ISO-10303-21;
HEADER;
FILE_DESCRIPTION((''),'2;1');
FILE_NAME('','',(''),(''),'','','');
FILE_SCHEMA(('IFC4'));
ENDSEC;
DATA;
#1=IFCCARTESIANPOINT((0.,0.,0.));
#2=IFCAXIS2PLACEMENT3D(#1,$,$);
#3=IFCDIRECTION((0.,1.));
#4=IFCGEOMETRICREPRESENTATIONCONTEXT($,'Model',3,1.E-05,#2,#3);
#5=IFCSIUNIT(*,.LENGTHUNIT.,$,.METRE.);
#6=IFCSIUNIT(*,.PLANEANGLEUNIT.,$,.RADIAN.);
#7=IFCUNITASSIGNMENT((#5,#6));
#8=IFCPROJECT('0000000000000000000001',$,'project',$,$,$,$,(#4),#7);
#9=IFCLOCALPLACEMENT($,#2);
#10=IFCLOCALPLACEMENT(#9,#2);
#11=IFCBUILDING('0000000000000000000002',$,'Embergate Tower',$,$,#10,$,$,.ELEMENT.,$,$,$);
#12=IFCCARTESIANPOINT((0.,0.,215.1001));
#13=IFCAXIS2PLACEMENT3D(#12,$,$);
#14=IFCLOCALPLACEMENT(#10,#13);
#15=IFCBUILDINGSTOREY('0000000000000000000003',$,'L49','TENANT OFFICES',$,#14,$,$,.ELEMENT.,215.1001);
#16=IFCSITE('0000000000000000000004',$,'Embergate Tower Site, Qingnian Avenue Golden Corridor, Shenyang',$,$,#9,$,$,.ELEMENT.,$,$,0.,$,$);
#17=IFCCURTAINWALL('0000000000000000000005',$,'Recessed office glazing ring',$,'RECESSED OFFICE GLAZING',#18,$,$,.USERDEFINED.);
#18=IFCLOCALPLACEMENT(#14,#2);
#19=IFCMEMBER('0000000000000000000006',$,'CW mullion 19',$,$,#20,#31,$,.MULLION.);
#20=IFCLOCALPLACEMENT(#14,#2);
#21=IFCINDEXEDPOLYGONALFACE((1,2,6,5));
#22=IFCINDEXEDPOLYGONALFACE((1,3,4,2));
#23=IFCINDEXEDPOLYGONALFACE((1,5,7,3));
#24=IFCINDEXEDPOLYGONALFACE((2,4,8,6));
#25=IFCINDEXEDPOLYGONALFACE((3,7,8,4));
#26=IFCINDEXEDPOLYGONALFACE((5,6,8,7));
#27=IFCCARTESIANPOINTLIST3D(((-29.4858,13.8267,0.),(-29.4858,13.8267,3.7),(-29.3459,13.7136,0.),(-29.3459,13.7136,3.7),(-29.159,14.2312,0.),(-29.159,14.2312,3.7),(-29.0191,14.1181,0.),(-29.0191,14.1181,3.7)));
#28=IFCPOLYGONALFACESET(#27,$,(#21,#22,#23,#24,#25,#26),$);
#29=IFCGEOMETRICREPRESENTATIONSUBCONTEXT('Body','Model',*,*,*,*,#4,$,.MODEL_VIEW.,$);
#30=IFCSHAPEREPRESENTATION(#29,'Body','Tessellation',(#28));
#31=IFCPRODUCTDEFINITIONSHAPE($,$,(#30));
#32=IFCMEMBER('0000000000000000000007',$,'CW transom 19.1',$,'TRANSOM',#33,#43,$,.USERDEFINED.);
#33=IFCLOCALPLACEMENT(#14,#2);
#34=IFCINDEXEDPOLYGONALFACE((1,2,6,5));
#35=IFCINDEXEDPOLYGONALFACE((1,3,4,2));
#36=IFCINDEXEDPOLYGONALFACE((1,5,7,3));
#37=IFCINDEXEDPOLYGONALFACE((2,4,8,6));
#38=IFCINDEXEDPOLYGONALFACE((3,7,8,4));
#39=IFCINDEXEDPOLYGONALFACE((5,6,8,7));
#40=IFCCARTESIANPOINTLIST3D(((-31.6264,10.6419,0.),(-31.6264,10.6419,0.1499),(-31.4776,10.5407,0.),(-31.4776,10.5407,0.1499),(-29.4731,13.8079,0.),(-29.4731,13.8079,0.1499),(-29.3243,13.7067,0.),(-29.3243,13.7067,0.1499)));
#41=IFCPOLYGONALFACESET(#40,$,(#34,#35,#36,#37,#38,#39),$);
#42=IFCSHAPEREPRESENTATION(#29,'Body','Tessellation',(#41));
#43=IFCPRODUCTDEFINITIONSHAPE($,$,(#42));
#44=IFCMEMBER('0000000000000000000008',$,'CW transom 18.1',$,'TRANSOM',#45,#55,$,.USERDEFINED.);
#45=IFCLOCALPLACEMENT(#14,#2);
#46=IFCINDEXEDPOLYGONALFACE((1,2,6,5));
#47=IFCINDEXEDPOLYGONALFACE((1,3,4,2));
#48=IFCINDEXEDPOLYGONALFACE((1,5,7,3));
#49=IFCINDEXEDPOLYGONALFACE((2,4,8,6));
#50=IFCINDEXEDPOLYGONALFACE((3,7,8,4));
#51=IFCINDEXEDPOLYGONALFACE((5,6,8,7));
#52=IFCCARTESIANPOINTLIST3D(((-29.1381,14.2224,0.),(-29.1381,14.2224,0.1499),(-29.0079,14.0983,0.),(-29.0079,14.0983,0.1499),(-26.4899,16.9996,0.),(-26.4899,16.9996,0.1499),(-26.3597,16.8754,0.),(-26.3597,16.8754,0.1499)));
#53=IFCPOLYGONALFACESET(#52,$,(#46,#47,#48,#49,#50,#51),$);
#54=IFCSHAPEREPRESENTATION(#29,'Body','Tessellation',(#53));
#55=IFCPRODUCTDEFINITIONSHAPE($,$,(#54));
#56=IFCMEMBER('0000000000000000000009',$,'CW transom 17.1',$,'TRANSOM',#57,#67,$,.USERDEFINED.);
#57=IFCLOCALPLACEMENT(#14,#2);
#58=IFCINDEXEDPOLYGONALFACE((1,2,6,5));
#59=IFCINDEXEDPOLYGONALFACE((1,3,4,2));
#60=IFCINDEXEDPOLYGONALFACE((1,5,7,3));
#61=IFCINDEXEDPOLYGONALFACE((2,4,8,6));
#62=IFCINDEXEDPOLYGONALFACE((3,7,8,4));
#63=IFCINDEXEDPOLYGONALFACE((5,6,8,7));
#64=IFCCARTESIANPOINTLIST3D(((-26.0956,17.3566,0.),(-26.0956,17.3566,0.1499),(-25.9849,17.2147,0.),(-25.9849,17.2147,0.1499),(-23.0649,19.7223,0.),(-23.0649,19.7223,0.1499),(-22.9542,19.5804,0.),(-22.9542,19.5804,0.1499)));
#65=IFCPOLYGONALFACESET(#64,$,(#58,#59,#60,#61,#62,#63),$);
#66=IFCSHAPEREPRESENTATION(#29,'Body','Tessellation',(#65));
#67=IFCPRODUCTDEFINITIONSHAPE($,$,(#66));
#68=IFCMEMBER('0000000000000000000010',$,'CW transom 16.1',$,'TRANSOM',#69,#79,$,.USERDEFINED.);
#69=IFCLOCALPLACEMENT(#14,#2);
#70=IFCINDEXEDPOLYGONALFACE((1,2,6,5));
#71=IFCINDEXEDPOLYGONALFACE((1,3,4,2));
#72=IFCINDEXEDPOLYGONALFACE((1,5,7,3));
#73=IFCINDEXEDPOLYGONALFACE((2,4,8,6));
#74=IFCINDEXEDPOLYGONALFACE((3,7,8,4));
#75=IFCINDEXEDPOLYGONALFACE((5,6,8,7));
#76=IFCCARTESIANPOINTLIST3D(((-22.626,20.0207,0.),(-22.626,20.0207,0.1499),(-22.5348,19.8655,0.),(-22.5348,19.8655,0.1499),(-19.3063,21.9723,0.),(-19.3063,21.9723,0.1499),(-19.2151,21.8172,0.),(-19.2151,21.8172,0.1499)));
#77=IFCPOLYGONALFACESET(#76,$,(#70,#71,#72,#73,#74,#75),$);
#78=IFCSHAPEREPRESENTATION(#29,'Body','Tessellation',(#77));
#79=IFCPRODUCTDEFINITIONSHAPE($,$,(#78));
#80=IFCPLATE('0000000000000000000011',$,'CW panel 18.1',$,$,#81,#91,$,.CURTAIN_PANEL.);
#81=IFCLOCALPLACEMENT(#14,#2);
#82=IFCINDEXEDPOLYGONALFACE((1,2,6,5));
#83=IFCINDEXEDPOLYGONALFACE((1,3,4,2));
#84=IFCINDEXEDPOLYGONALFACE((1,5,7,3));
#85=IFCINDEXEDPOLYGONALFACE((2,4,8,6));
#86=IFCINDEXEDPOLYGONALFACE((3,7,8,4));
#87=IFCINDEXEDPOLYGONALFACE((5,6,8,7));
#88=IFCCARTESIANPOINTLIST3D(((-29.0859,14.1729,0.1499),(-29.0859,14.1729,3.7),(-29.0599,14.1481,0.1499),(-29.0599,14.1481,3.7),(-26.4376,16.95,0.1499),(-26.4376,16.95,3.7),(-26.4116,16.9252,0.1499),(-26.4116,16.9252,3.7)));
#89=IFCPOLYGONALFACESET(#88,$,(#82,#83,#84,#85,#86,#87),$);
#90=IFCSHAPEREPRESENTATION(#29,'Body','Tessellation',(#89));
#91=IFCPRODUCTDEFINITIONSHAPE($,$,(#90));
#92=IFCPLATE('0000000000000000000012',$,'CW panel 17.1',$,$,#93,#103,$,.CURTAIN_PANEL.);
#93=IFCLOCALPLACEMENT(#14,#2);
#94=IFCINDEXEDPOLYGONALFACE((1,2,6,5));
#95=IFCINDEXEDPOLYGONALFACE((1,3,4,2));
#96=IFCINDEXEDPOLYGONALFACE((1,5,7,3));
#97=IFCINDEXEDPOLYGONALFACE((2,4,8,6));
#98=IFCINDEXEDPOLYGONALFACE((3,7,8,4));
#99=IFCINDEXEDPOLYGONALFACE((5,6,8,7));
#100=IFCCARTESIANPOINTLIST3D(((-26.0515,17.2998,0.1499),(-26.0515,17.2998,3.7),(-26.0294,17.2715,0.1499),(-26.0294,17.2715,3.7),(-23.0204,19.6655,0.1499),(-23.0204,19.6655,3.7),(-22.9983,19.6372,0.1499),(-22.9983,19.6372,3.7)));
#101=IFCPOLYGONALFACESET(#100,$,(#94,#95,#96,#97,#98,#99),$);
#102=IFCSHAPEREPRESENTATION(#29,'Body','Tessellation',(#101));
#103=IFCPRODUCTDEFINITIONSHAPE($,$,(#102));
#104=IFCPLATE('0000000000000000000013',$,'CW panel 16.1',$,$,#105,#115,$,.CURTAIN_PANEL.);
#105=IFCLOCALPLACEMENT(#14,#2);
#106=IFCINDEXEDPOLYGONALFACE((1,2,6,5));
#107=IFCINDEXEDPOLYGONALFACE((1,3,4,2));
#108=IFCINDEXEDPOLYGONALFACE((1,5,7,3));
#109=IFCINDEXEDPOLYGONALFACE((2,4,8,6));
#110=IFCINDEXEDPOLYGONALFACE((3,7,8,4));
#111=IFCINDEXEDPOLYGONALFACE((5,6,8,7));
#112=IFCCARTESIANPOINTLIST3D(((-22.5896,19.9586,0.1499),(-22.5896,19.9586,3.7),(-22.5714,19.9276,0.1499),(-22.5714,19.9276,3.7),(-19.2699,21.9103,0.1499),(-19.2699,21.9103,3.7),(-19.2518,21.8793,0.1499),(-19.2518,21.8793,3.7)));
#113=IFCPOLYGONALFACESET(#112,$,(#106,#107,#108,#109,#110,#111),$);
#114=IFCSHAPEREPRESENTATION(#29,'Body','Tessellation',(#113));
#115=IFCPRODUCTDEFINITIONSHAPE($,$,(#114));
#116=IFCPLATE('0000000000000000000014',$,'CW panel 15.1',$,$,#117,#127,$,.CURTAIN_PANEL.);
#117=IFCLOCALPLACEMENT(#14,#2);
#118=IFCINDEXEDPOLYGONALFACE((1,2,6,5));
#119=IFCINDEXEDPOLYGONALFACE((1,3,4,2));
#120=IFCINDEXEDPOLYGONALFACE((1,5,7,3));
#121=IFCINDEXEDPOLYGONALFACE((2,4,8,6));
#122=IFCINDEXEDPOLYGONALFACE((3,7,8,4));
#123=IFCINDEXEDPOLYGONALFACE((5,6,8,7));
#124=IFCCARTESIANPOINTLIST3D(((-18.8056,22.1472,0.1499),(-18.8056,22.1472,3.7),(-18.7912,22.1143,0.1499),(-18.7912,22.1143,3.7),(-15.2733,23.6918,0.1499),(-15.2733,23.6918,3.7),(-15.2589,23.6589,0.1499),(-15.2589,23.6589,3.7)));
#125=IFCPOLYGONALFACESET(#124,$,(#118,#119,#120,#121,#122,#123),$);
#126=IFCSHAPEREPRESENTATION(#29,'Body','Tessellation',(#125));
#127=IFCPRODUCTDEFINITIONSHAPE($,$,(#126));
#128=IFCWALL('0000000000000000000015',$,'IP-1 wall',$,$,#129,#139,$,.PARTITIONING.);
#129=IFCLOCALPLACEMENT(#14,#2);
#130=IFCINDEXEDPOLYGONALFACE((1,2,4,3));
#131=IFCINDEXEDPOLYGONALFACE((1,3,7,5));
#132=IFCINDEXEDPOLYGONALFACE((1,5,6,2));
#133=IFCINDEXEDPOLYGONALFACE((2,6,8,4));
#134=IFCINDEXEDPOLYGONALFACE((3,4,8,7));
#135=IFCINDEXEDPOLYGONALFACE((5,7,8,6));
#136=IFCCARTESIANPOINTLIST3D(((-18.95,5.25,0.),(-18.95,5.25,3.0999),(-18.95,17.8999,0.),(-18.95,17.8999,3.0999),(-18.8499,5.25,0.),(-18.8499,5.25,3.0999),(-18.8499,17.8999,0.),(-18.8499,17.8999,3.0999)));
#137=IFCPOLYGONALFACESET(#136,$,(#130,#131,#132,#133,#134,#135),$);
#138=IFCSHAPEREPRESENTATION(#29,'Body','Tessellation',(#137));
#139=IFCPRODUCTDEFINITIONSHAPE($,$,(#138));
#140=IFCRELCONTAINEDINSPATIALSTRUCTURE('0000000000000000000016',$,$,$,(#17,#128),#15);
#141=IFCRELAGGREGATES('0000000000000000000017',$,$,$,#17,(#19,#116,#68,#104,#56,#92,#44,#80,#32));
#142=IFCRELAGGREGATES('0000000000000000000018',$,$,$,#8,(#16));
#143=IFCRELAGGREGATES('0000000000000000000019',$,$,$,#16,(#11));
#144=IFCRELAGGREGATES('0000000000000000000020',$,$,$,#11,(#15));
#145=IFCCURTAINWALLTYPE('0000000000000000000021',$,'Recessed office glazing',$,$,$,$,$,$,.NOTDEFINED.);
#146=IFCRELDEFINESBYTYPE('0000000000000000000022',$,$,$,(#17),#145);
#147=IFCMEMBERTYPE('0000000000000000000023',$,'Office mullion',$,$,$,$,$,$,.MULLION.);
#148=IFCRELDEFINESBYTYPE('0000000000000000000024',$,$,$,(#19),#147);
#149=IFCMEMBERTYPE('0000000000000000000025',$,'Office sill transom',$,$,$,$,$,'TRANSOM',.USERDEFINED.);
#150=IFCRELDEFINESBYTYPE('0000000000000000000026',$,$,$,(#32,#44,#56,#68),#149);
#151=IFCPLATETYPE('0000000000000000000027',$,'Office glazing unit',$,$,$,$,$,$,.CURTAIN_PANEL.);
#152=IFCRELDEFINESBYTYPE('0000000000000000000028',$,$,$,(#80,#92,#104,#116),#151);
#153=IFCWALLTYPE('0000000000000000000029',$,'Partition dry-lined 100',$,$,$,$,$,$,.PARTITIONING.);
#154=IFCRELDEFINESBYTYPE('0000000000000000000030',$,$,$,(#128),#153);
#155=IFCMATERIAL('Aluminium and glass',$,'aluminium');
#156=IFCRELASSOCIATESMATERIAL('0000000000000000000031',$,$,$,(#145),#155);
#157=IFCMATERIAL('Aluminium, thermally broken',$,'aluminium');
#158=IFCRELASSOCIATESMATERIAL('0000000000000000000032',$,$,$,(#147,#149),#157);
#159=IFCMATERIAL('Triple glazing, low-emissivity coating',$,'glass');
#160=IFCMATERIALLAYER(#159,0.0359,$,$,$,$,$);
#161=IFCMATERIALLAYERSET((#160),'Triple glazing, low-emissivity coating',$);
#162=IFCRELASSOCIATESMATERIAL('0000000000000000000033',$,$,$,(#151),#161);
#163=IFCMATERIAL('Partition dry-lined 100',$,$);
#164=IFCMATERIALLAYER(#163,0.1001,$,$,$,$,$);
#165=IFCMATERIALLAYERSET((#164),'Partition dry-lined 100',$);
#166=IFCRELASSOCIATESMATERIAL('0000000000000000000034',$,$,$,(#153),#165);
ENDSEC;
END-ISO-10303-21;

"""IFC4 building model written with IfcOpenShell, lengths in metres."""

from ifc_helpers import new_model, si_unit, direction, frame, frame_2d, origin, origin_2d, place, context, subcontext, project, spatial, rectangle, extrude, source, transform, mapped, material, layer, layer_set, material_profile, profile_set, type_object, element, aggregate, save


model = new_model("IFC4")

# Units and contexts
model_context = context("Model", 3, precision=1e-05, world=origin(), true_north=direction((0.0, 1.0)))
body_context = subcontext(model_context, "Body", "Model", "MODEL_VIEW")
ifc_project = project(units=[si_unit("LENGTHUNIT", "METRE"), si_unit("PLANEANGLEUNIT", "RADIAN")], contexts=[model_context])

# Site, building, storey
site_placement = place(None, origin())
site = spatial("IfcSite", under=ifc_project, at=site_placement, Name="Embergate Tower Site, Qingnian Avenue Golden Corridor, Shenyang", CompositionType="ELEMENT", RefElevation=0.0)
building_placement = place(site_placement, origin())
building = spatial("IfcBuilding", under=site, at=building_placement, Name="Embergate Tower", CompositionType="ELEMENT")
storey_placement = place(building_placement, frame((0.0, 0.0, 215.1001)))
storey = spatial("IfcBuildingStorey", under=building, at=storey_placement, Name="L49", Description="TENANT OFFICES", CompositionType="ELEMENT", Elevation=215.1001)

# Curtain wall, members, plates
ifc_material_1 = material(Name="Aluminium and glass", Category="aluminium")
curtain_wall_type = type_object("IfcCurtainWallType", Name="Recessed office glazing", PredefinedType="NOTDEFINED", material=ifc_material_1)
curtain_wall_placement = place(storey_placement, origin())
curtain_wall = element("IfcCurtainWall", 1, at=curtain_wall_placement, inside=storey, type_object=curtain_wall_type, Name="Recessed office glazing ring", ObjectType="RECESSED OFFICE GLAZING", PredefinedType="USERDEFINED")
ifc_material_2 = material(Name="Aluminium, thermally broken", Category="aluminium")
ifc_material_profile_1 = material_profile(ifc_material_2, rectangle(XDim=0.1799, YDim=0.52, at=origin_2d()), Name="AL 520x180")
ifc_profile_set_1 = profile_set([ifc_material_profile_1], Name="Aluminium, thermally broken")
member_type_1 = type_object("IfcMemberType", Name="Office mullion", PredefinedType="MULLION", material=ifc_profile_set_1)
shared_shape_1 = source(origin(), body_context, "Body", "SweptSolid", [
    extrude(rectangle(XDim=0.1799, YDim=0.52, at=origin_2d()), origin(), (0.0, 0.0, 1.0), 3.7),
])
member_1_placement = place(storey_placement, frame((-29.2524, 13.9724, 0.0), z_axis=(0.0, 0.0, 1.0), x_axis=(0.777875, -0.628419, 0.0)))
member_1 = element("IfcMember", 2, at=member_1_placement, type_object=member_type_1, Name="CW mullion 19", PredefinedType="MULLION", context=body_context, shape_type="MappedRepresentation", body=[
    mapped(shared_shape_1, transform((0.0, 0.0, 0.0))),
])
ifc_material_profile_2 = material_profile(ifc_material_2, rectangle(XDim=0.1799, YDim=0.1499, at=origin_2d()), Name="AL 150x180")
ifc_profile_set_2 = profile_set([ifc_material_profile_2], Name="Aluminium, thermally broken")
member_type_2 = type_object("IfcMemberType", Name="Office sill transom", ElementType="TRANSOM", PredefinedType="USERDEFINED", material=ifc_profile_set_2)
shared_shape_2 = source(origin(), body_context, "Body", "SweptSolid", [
    extrude(rectangle(XDim=0.1799, YDim=0.1499, at=origin_2d()), origin(), (0.0, 0.0, 1.0), 3.8289),
])
member_2_placement = place(storey_placement, frame((-29.3987, 13.7573, 0.075), z_axis=(-0.562387, -0.826874, 0.0), x_axis=(0.826874, -0.562387, 0.0)))
member_2 = element("IfcMember", 3, at=member_2_placement, type_object=member_type_2, Name="CW transom 19.1", ObjectType="TRANSOM", PredefinedType="USERDEFINED", context=body_context, shape_type="MappedRepresentation", body=[
    mapped(shared_shape_2, transform((0.0, 0.0, 0.0))),
])
shared_shape_3 = source(origin(), body_context, "Body", "SweptSolid", [
    extrude(rectangle(XDim=0.1799, YDim=0.1499, at=origin_2d()), origin(), (0.0, 0.0, 1.0), 3.8374),
])
member_3_placement = place(storey_placement, frame((-26.4248, 16.9375, 0.075), z_axis=(-0.690111, -0.723704, 0.0), x_axis=(0.723704, -0.690111, 0.0)))
member_3 = element("IfcMember", 4, at=member_3_placement, type_object=member_type_2, Name="CW transom 18.1", ObjectType="TRANSOM", PredefinedType="USERDEFINED", context=body_context, shape_type="MappedRepresentation", body=[
    mapped(shared_shape_3, transform((0.0, 0.0, 0.0))),
])
shared_shape_4 = source(origin(), body_context, "Body", "SweptSolid", [
    extrude(rectangle(XDim=0.1799, YDim=0.1499, at=origin_2d()), origin(), (0.0, 0.0, 1.0), 3.8447),
])
member_4_placement = place(storey_placement, frame((-23.0095, 19.6514, 0.075), z_axis=(-0.788284, -0.615311, 0.0), x_axis=(0.615311, -0.788284, 0.0)))
member_4 = element("IfcMember", 5, at=member_4_placement, type_object=member_type_2, Name="CW transom 17.1", ObjectType="TRANSOM", PredefinedType="USERDEFINED", context=body_context, shape_type="MappedRepresentation", body=[
    mapped(shared_shape_4, transform((0.0, 0.0, 0.0))),
])
shared_shape_5 = source(origin(), body_context, "Body", "SweptSolid", [
    extrude(rectangle(XDim=0.1799, YDim=0.1499, at=origin_2d()), origin(), (0.0, 0.0, 1.0), 3.8508),
])
member_5_placement = place(storey_placement, frame((-19.2607, 21.8948, 0.075), z_axis=(-0.862052, -0.506821, 0.0), x_axis=(0.506821, -0.862052, 0.0)))
member_5 = element("IfcMember", 6, at=member_5_placement, type_object=member_type_2, Name="CW transom 16.1", ObjectType="TRANSOM", PredefinedType="USERDEFINED", context=body_context, shape_type="MappedRepresentation", body=[
    mapped(shared_shape_5, transform((0.0, 0.0, 0.0))),
])
ifc_material_3 = material(Name="Triple glazing, low-emissivity coating", Category="glass")
ifc_layer_1 = layer(ifc_material_3, 0.0359)
ifc_layer_set_1 = layer_set([ifc_layer_1], Name="Triple glazing, low-emissivity coating")
plate_type = type_object("IfcPlateType", Name="Office glazing unit", PredefinedType="CURTAIN_PANEL", material=ifc_layer_set_1)
shared_shape_6 = source(origin(), body_context, "Body", "SweptSolid", [
    extrude(rectangle(XDim=3.8374, YDim=0.0359, at=origin_2d()), origin(), (0.0, 0.0, 1.0), 3.55),
])
plate_1_placement = place(storey_placement, frame((-27.7488, 15.5491, 0.1499), z_axis=(0.0, 0.0, 1.0), x_axis=(-0.690129, -0.723687, 0.0)))
plate_1 = element("IfcPlate", 7, at=plate_1_placement, type_object=plate_type, Name="CW panel 18.1", PredefinedType="CURTAIN_PANEL", context=body_context, shape_type="MappedRepresentation", body=[
    mapped(shared_shape_6, transform((0.0, 0.0, 0.0))),
])
shared_shape_7 = source(origin(), body_context, "Body", "SweptSolid", [
    extrude(rectangle(XDim=3.845, YDim=0.0359, at=origin_2d()), origin(), (0.0, 0.0, 1.0), 3.55),
])
plate_2_placement = place(storey_placement, frame((-24.5249, 18.4685, 0.1499), z_axis=(0.0, 0.0, 1.0), x_axis=(-0.788316, -0.615271, 0.0)))
plate_2 = element("IfcPlate", 8, at=plate_2_placement, type_object=plate_type, Name="CW panel 17.1", PredefinedType="CURTAIN_PANEL", context=body_context, shape_type="MappedRepresentation", body=[
    mapped(shared_shape_7, transform((0.0, 0.0, 0.0))),
])
shared_shape_8 = source(origin(), body_context, "Body", "SweptSolid", [
    extrude(rectangle(XDim=3.8508, YDim=0.0359, at=origin_2d()), origin(), (0.0, 0.0, 1.0), 3.55),
])
plate_3_placement = place(storey_placement, frame((-20.9207, 20.9189, 0.1499), z_axis=(0.0, 0.0, 1.0), x_axis=(-0.86205, -0.506824, 0.0)))
plate_3 = element("IfcPlate", 9, at=plate_3_placement, type_object=plate_type, Name="CW panel 16.1", PredefinedType="CURTAIN_PANEL", context=body_context, shape_type="MappedRepresentation", body=[
    mapped(shared_shape_8, transform((0.0, 0.0, 0.0))),
])
shared_shape_9 = source(origin(), body_context, "Body", "SweptSolid", [
    extrude(rectangle(XDim=3.8552, YDim=0.0359, at=origin_2d()), origin(), (0.0, 0.0, 1.0), 3.55),
])
plate_4_placement = place(storey_placement, frame((-17.0322, 22.9031, 0.1499), z_axis=(0.0, 0.0, 1.0), x_axis=(-0.916233, -0.400645, 0.0)))
plate_4 = element("IfcPlate", 10, at=plate_4_placement, type_object=plate_type, Name="CW panel 15.1", PredefinedType="CURTAIN_PANEL", context=body_context, shape_type="MappedRepresentation", body=[
    mapped(shared_shape_9, transform((0.0, 0.0, 0.0))),
])
aggregate(curtain_wall, [member_1, plate_4, member_5, plate_3, member_4, plate_2, member_3, plate_1, member_2])

# Wall
ifc_material_4 = material(Name="Partition dry-lined 100")
ifc_layer_2 = layer(ifc_material_4, 0.1001)
ifc_layer_set_2 = layer_set([ifc_layer_2], Name="Partition dry-lined 100")
wall_type = type_object("IfcWallType", Name="Partition dry-lined 100", PredefinedType="PARTITIONING", material=ifc_layer_set_2)
shared_shape_10 = source(origin(), body_context, "Body", "SweptSolid", [
    extrude(rectangle(XDim=12.6499, YDim=0.1001, at=frame_2d((6.325, 0.0))), origin(), (0.0, 0.0, 1.0), 3.0999),
])
wall_placement = place(storey_placement, frame((-18.8999, 17.8999, 0.0), z_axis=(0.0, 0.0, 1.0), x_axis=(0.0, -1.0, 0.0)))
element("IfcWall", 11, at=wall_placement, inside=storey, type_object=wall_type, Name="IP-1 wall", PredefinedType="PARTITIONING", context=body_context, shape_type="MappedRepresentation", body=[
    mapped(shared_shape_10, transform((0.0, 0.0, 0.0))),
])

save(model, "model.ifc")
